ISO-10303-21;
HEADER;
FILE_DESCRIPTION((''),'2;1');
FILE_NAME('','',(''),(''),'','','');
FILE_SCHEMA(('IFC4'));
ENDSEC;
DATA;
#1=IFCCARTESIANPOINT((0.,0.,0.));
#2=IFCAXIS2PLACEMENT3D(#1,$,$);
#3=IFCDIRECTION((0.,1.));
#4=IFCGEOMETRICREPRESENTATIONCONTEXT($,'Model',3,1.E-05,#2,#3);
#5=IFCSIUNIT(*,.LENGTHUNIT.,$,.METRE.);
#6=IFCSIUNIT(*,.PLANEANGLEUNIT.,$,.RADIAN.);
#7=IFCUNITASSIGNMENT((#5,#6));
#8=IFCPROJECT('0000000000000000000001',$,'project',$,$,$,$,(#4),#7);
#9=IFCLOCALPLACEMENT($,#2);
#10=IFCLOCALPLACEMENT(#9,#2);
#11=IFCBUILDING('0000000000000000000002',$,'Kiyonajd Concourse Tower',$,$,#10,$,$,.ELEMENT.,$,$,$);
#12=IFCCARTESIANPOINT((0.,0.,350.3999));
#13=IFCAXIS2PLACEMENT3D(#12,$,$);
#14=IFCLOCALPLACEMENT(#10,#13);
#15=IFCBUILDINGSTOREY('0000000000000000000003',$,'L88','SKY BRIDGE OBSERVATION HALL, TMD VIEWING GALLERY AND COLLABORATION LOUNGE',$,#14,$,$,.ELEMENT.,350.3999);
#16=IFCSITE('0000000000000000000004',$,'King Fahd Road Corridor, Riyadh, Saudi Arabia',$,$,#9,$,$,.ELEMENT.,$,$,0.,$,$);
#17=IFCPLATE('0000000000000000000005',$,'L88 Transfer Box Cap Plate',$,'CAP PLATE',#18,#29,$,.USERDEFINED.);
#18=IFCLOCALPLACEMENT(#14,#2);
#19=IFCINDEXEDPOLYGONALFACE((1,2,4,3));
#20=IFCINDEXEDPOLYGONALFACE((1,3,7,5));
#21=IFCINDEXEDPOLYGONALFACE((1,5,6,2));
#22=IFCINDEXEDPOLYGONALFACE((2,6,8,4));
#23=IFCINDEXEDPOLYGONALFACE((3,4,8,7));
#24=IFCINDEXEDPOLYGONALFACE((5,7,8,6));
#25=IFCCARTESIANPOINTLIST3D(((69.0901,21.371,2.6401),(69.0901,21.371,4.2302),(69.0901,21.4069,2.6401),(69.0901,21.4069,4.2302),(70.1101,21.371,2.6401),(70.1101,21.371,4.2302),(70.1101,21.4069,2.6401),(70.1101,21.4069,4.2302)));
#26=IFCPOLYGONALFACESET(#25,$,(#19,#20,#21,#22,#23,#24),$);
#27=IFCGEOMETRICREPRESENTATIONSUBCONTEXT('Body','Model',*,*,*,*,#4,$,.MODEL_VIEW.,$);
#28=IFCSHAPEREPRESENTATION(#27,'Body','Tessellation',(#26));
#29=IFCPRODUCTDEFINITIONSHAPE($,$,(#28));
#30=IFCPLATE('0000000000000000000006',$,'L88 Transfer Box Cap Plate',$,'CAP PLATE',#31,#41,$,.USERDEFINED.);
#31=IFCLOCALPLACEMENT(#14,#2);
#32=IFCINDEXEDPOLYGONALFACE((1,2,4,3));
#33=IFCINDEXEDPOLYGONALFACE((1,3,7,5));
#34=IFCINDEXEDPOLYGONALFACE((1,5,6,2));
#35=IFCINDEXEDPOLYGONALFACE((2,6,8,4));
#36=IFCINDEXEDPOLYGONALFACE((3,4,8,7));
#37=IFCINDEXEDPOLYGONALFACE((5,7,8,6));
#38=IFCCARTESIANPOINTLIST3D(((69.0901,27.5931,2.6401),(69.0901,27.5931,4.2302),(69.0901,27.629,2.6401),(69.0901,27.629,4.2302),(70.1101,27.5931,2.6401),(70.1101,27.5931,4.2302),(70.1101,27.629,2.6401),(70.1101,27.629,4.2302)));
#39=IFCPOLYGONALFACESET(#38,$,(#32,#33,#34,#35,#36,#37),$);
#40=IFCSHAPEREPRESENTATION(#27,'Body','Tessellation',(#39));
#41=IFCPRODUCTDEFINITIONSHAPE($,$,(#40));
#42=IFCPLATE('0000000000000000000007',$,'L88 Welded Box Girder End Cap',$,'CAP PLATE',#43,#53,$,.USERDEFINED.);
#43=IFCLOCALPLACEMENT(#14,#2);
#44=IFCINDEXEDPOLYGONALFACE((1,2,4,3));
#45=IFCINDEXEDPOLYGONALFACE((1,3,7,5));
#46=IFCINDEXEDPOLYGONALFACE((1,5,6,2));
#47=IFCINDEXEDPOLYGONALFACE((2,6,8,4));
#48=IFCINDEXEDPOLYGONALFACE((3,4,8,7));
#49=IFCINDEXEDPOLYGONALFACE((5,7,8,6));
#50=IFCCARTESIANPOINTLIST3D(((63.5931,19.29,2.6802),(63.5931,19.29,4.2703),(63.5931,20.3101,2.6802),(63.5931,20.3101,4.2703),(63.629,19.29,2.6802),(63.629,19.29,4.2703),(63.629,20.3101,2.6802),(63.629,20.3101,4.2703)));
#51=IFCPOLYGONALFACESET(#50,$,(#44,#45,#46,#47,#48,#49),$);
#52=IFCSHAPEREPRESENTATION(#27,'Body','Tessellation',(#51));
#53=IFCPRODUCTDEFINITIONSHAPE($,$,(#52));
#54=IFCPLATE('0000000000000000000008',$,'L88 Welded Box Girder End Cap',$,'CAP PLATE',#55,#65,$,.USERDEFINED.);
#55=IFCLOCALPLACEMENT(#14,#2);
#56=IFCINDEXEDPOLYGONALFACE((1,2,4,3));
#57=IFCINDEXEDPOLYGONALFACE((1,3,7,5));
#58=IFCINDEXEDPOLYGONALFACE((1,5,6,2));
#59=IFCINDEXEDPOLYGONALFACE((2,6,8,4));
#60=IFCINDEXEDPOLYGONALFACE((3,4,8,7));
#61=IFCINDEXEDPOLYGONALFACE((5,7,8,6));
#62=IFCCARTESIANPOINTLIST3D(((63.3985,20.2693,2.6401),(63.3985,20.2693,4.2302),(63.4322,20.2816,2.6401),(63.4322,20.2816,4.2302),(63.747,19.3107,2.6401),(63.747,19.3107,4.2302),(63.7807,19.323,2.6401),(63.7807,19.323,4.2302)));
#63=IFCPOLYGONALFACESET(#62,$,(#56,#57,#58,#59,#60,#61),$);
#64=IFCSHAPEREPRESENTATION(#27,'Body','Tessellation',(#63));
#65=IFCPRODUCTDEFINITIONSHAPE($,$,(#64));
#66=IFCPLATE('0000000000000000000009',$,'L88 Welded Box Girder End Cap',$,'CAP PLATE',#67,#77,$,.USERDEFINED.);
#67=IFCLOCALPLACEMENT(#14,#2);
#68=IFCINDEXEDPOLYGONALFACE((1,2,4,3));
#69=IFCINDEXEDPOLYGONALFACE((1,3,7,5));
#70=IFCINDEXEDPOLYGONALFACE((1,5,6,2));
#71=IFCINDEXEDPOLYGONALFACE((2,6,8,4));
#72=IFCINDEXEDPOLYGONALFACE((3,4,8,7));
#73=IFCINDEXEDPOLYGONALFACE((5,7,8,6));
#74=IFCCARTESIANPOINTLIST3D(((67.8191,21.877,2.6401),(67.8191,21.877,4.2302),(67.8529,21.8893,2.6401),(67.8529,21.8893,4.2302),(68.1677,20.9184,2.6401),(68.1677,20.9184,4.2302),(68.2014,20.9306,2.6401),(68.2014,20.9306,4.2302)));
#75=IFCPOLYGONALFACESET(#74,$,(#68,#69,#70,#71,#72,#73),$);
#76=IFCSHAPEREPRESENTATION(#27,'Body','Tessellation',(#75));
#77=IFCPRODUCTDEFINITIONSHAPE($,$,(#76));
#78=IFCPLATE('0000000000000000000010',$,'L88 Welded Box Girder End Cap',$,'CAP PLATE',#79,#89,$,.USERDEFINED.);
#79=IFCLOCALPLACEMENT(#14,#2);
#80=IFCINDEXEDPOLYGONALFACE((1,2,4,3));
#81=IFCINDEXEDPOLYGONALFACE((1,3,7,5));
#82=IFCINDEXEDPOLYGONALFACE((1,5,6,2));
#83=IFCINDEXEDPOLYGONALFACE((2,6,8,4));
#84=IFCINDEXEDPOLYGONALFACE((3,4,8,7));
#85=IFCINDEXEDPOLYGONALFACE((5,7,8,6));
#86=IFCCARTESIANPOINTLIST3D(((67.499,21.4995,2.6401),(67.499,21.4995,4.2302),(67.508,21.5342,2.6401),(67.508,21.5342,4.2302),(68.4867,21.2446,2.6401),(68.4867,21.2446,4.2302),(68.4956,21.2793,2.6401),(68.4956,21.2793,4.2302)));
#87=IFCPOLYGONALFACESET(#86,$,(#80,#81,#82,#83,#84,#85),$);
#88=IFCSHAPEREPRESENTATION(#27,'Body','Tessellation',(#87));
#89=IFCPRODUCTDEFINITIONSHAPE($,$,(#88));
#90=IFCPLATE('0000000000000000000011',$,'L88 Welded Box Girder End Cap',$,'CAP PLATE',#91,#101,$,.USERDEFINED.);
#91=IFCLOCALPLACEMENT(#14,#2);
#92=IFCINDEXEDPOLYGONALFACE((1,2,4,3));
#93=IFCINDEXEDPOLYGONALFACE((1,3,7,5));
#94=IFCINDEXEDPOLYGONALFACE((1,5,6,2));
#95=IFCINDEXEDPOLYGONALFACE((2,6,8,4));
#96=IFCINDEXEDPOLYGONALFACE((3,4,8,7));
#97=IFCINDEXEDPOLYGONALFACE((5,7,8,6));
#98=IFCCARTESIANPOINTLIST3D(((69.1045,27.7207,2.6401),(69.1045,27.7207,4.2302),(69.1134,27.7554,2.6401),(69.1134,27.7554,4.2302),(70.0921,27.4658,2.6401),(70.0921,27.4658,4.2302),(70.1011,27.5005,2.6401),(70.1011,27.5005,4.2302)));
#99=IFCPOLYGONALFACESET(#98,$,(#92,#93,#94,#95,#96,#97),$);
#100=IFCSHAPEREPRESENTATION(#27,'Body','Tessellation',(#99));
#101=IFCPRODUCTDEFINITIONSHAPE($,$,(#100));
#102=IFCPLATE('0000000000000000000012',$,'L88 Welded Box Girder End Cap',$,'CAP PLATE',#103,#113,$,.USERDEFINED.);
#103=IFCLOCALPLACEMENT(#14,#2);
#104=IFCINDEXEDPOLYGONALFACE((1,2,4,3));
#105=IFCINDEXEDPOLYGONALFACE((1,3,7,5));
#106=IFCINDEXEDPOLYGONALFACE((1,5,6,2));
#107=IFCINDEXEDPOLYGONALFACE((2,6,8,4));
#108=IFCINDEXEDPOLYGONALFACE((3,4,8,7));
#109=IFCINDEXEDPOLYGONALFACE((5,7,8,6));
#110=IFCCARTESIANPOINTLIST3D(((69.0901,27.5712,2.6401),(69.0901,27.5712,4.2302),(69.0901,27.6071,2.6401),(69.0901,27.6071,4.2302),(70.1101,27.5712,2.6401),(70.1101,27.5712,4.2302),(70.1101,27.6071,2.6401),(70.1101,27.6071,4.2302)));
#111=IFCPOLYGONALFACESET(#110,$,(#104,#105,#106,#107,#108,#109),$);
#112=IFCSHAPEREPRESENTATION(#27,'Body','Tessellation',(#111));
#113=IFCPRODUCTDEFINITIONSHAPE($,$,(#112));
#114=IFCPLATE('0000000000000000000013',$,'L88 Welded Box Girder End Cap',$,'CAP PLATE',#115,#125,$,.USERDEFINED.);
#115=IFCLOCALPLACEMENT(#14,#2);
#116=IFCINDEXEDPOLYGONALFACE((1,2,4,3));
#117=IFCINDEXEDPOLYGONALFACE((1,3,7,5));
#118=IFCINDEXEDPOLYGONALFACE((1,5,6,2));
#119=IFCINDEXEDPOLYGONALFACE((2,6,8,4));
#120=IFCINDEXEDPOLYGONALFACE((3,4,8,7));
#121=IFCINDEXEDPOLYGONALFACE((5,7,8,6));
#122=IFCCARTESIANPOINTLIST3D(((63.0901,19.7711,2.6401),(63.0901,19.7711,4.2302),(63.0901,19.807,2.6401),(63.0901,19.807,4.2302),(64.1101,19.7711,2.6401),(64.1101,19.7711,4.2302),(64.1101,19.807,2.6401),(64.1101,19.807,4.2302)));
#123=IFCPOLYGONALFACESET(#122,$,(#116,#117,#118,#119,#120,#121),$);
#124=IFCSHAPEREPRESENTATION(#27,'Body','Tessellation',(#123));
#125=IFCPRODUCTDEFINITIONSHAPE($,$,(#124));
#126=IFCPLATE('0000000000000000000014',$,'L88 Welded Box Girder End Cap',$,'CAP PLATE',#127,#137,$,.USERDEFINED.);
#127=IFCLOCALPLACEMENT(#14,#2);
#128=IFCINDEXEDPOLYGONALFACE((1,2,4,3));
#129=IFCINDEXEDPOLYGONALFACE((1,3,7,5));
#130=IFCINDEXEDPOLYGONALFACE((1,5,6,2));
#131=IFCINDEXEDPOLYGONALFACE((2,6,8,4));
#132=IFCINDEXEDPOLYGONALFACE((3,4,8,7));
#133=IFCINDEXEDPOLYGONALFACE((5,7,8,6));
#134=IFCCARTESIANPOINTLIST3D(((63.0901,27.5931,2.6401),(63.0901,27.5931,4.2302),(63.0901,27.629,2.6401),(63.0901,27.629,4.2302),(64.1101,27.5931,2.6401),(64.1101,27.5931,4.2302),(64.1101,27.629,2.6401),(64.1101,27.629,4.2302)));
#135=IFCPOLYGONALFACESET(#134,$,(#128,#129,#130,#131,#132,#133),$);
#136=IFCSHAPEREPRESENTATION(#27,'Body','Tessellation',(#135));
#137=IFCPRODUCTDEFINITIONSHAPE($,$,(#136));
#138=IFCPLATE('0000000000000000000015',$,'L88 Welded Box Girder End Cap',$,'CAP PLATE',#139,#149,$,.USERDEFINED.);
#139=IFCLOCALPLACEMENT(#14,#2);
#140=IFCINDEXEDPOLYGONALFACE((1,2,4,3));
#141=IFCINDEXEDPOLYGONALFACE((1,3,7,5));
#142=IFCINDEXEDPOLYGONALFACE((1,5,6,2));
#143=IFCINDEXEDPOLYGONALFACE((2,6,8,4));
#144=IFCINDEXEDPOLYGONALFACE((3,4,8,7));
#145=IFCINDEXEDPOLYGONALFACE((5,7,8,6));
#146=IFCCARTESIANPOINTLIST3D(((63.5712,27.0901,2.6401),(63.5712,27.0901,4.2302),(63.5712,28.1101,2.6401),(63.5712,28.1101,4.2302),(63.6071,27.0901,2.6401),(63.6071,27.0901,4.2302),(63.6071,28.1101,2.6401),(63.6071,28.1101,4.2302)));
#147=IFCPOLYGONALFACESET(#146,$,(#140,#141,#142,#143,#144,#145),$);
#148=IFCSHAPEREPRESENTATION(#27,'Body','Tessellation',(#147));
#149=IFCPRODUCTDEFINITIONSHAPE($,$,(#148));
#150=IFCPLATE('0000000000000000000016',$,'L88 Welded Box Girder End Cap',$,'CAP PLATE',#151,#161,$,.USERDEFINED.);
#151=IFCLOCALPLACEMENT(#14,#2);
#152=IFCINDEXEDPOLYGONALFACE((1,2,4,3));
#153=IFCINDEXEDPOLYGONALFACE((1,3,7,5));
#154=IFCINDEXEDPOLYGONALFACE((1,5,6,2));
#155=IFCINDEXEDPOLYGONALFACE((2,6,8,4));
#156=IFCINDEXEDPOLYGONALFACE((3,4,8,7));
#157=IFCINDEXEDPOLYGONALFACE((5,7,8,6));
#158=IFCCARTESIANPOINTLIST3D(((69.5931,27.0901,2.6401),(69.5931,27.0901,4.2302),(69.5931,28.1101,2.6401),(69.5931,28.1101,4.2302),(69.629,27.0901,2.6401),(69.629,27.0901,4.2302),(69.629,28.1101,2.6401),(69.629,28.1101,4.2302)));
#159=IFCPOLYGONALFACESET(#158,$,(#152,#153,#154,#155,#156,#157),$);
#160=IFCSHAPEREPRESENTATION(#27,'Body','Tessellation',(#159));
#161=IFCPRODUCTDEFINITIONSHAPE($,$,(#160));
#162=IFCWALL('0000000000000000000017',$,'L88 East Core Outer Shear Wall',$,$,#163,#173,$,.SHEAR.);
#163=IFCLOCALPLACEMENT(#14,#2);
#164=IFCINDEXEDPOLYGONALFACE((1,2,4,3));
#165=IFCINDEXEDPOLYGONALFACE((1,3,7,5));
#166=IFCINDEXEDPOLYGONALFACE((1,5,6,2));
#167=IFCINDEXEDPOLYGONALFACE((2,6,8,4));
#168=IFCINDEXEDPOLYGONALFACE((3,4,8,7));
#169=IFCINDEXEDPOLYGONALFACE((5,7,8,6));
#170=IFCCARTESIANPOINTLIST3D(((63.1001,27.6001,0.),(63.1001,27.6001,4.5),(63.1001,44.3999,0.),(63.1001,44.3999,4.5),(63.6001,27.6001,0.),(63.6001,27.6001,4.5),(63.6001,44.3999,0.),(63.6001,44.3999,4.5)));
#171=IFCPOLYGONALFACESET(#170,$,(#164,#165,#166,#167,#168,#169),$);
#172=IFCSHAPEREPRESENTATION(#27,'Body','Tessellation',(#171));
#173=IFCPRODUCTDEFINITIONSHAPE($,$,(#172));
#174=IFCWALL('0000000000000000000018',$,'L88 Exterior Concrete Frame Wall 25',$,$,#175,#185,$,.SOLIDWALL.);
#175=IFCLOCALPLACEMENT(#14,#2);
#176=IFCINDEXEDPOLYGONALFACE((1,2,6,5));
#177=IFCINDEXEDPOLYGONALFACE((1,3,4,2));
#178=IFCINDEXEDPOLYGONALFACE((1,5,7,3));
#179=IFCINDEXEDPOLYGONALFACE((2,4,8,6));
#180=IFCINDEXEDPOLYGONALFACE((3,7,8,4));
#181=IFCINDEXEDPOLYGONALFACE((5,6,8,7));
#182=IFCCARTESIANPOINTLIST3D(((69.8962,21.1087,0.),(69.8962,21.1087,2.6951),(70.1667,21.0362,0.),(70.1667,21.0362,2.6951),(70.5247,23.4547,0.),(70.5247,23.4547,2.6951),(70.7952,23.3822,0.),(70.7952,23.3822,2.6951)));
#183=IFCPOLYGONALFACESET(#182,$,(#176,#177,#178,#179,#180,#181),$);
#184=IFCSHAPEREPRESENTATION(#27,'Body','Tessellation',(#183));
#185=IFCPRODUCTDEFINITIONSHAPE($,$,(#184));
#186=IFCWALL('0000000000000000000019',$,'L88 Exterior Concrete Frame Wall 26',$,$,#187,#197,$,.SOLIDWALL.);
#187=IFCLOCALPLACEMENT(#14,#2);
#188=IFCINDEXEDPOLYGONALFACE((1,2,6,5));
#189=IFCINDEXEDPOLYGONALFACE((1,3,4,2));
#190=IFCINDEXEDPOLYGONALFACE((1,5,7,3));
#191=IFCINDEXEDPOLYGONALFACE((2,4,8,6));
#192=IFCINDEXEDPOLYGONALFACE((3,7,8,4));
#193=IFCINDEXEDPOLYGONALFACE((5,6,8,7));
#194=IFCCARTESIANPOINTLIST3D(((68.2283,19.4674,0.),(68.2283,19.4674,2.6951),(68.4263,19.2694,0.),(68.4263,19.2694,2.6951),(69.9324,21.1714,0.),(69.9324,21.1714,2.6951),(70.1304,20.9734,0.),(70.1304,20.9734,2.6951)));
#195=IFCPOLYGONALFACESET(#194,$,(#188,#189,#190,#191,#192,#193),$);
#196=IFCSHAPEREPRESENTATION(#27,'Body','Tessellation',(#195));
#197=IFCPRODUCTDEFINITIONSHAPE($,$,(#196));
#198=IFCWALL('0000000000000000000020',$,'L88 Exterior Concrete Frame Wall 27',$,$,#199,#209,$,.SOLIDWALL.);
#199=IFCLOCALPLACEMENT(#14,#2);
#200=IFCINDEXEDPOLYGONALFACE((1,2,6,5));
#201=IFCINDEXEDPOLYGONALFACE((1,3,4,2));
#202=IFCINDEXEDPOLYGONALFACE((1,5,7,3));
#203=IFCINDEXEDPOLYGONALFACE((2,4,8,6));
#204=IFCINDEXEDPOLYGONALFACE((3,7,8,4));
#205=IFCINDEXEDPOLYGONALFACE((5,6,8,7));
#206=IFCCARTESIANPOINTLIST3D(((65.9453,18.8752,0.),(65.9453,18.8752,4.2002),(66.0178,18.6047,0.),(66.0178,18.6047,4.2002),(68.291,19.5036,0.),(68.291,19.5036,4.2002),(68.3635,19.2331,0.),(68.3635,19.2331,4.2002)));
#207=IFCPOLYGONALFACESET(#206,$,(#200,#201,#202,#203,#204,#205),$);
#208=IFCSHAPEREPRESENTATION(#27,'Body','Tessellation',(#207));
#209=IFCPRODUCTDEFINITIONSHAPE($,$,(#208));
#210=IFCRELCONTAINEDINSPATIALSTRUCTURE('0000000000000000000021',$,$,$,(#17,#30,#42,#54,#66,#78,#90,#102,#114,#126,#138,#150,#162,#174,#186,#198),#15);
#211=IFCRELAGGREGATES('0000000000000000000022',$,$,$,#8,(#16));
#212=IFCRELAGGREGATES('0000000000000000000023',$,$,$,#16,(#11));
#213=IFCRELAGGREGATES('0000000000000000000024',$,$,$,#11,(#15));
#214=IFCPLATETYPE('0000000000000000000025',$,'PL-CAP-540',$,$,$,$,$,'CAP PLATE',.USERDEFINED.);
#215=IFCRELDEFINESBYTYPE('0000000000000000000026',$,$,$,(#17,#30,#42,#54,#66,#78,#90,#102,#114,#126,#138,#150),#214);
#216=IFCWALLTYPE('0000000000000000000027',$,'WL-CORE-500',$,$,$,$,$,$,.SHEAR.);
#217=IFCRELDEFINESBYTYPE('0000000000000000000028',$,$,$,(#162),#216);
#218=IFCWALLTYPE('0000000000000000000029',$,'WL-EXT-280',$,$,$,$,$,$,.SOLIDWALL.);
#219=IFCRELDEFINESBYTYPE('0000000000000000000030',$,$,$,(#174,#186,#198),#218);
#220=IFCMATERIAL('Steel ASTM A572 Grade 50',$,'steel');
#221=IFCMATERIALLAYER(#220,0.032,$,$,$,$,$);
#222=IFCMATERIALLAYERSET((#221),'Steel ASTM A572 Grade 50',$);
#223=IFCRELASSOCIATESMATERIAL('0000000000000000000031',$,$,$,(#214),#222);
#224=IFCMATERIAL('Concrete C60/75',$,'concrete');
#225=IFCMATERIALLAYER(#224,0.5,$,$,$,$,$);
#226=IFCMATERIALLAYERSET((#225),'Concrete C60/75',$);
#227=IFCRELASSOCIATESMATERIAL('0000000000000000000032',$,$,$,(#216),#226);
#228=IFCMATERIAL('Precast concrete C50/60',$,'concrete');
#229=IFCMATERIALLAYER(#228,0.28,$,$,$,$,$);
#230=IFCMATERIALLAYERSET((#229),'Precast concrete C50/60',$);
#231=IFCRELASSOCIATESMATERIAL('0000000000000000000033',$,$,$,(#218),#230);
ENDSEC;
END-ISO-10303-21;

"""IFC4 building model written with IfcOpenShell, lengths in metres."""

from ifc_helpers import new_model, si_unit, direction, frame, frame_2d, origin, origin_2d, place, context, subcontext, project, spatial, rectangle, extrude, material, layer, layer_set, type_object, element, save


model = new_model("IFC4")

# Units and contexts
model_context = context("Model", 3, precision=1e-05, world=origin(), true_north=direction((0.0, 1.0)))
body_context = subcontext(model_context, "Body", "Model", "MODEL_VIEW")
ifc_project = project(units=[si_unit("LENGTHUNIT", "METRE"), si_unit("PLANEANGLEUNIT", "RADIAN")], contexts=[model_context])

# Site, building, storey
site_placement = place(None, origin())
site = spatial("IfcSite", under=ifc_project, at=site_placement, Name="King Fahd Road Corridor, Riyadh, Saudi Arabia", CompositionType="ELEMENT", RefElevation=0.0)
building_placement = place(site_placement, origin())
building = spatial("IfcBuilding", under=site, at=building_placement, Name="Kiyonajd Concourse Tower", CompositionType="ELEMENT")
storey_placement = place(building_placement, frame((0.0, 0.0, 350.3999)))
storey = spatial("IfcBuildingStorey", under=building, at=storey_placement, Name="L88", Description="SKY BRIDGE OBSERVATION HALL, TMD VIEWING GALLERY AND COLLABORATION LOUNGE", CompositionType="ELEMENT", Elevation=350.3999)

# Shared definitions
ifc_material_1 = material(Name="Concrete C60/75", Category="concrete")

# Shared definitions
ifc_material_2 = material(Name="Steel ASTM A572 Grade 50", Category="steel")

# Plates
ifc_layer_1 = layer(ifc_material_2, 0.032)
ifc_layer_set_1 = layer_set([ifc_layer_1], Name="Steel ASTM A572 Grade 50")
plate_type = type_object("IfcPlateType", Name="PL-CAP-540", ElementType="CAP PLATE", PredefinedType="USERDEFINED", material=ifc_layer_set_1)
for number, where, z_axis, x_axis, name in (
    (1, (69.6001, 21.3889, 2.6401), (0.0, 0.0, 1.0), (0.0, -1.0, 0.0), "L88 Transfer Box Cap Plate"),
    (2, (69.6001, 27.6111, 2.6401), (0.0, 0.0, 1.0), (0.0, 1.0, 0.0), "L88 Transfer Box Cap Plate"),
    (3, (63.6111, 19.8, 2.6802), (0.0, 0.0, 1.0), (1.0, 0.0, 0.0), "L88 Welded Box Girder End Cap"),
    (4, (63.5896, 19.7961, 2.6401), (0.0, 0.0, 1.0), (-0.939812, -0.341692, 0.0), "L88 Welded Box Girder End Cap"),
    (5, (68.0103, 21.4038, 2.6401), (0.0, 0.0, 1.0), (0.939812, 0.341692, 0.0), "L88 Welded Box Girder End Cap"),
    (6, (67.9973, 21.3894, 2.6401), (0.0, 0.0, 1.0), (-0.249873, -0.968279, 0.0), "L88 Welded Box Girder End Cap"),
    (7, (69.6028, 27.6106, 2.6401), (0.0, 0.0, 1.0), (0.249873, 0.968279, 0.0), "L88 Welded Box Girder End Cap"),
    (8, (69.6001, 27.5891, 2.6401), (0.0, 0.0, 1.0), (0.0, -1.0, 0.0), "L88 Welded Box Girder End Cap"),
    (9, (63.6001, 19.7891, 2.6401), (0.0, 0.0, 1.0), (0.0, -1.0, 0.0), "L88 Welded Box Girder End Cap"),
    (10, (63.6001, 27.6111, 2.6401), (0.0, 0.0, 1.0), (0.0, 1.0, 0.0), "L88 Welded Box Girder End Cap"),
    (11, (63.5891, 27.6001, 2.6401), (0.0, 0.0, 1.0), (-1.0, 0.0, 0.0), "L88 Welded Box Girder End Cap"),
    (12, (69.6111, 27.6001, 2.6401), (0.0, 0.0, 1.0), (1.0, 0.0, 0.0), "L88 Welded Box Girder End Cap"),
):
    element("IfcPlate", number, at=place(storey_placement, frame(where, z_axis=z_axis, x_axis=x_axis)), inside=storey, type_object=plate_type, Name=name, ObjectType="CAP PLATE", PredefinedType="USERDEFINED", context=body_context, shape_type="SweptSolid", body=[
        extrude(rectangle(XDim=0.0359, YDim=1.02, at=origin_2d()), origin(), (0.0, 0.0, 1.0), 1.5901),
    ])

# Walls
ifc_layer_2 = layer(ifc_material_1, 0.5)
ifc_layer_set_2 = layer_set([ifc_layer_2], Name="Concrete C60/75")
wall_type_1 = type_object("IfcWallType", Name="WL-CORE-500", PredefinedType="SHEAR", material=ifc_layer_set_2)
wall_1_placement = place(storey_placement, frame((63.3501, 27.6001, 0.0), z_axis=(0.0, 0.0, 1.0), x_axis=(0.0, 1.0, 0.0)))
element("IfcWall", 13, at=wall_1_placement, inside=storey, type_object=wall_type_1, Name="L88 East Core Outer Shear Wall", PredefinedType="SHEAR", context=body_context, shape_type="SweptSolid", body=[
    extrude(rectangle(XDim=16.7998, YDim=0.5, at=frame_2d((8.3999, 0.0))), origin(), (0.0, 0.0, 1.0), 4.5),
])
ifc_material_3 = material(Name="Precast concrete C50/60", Category="concrete")
ifc_layer_3 = layer(ifc_material_3, 0.28)
ifc_layer_set_3 = layer_set([ifc_layer_3], Name="Precast concrete C50/60")
wall_type_2 = type_object("IfcWallType", Name="WL-EXT-280", PredefinedType="SOLIDWALL", material=ifc_layer_set_3)
wall_2_placement = place(storey_placement, frame((70.6599, 23.4185, 0.0), z_axis=(0.0, 0.0, 1.0), x_axis=(-0.258751, -0.965944, 0.0)))
element("IfcWall", 14, at=wall_2_placement, inside=storey, type_object=wall_type_2, Name="L88 Exterior Concrete Frame Wall 25", PredefinedType="SOLIDWALL", context=body_context, shape_type="SweptSolid", body=[
    extrude(rectangle(XDim=2.4287, YDim=0.28, at=frame_2d((1.2144, 0.0))), origin(), (0.0, 0.0, 1.0), 2.6951),
])
wall_3_placement = place(storey_placement, frame((70.0315, 21.0725, 0.0), z_axis=(0.0, 0.0, 1.0), x_axis=(-0.707107, -0.707107, 0.0)))
element("IfcWall", 15, at=wall_3_placement, inside=storey, type_object=wall_type_2, Name="L88 Exterior Concrete Frame Wall 26", PredefinedType="SOLIDWALL", context=body_context, shape_type="SweptSolid", body=[
    extrude(rectangle(XDim=2.4099, YDim=0.28, at=frame_2d((1.2051, 0.0))), origin(), (0.0, 0.0, 1.0), 2.6951),
])
wall_4_placement = place(storey_placement, frame((68.3274, 19.3684, 0.0), z_axis=(0.0, 0.0, 1.0), x_axis=(-0.965937, -0.258776, 0.0)))
element("IfcWall", 16, at=wall_4_placement, inside=storey, type_object=wall_type_2, Name="L88 Exterior Concrete Frame Wall 27", PredefinedType="SOLIDWALL", context=body_context, shape_type="SweptSolid", body=[
    extrude(rectangle(XDim=2.4285, YDim=0.28, at=frame_2d((1.2144, 0.0))), origin(), (0.0, 0.0, 1.0), 4.2002),
])

save(model, "model.ifc")
